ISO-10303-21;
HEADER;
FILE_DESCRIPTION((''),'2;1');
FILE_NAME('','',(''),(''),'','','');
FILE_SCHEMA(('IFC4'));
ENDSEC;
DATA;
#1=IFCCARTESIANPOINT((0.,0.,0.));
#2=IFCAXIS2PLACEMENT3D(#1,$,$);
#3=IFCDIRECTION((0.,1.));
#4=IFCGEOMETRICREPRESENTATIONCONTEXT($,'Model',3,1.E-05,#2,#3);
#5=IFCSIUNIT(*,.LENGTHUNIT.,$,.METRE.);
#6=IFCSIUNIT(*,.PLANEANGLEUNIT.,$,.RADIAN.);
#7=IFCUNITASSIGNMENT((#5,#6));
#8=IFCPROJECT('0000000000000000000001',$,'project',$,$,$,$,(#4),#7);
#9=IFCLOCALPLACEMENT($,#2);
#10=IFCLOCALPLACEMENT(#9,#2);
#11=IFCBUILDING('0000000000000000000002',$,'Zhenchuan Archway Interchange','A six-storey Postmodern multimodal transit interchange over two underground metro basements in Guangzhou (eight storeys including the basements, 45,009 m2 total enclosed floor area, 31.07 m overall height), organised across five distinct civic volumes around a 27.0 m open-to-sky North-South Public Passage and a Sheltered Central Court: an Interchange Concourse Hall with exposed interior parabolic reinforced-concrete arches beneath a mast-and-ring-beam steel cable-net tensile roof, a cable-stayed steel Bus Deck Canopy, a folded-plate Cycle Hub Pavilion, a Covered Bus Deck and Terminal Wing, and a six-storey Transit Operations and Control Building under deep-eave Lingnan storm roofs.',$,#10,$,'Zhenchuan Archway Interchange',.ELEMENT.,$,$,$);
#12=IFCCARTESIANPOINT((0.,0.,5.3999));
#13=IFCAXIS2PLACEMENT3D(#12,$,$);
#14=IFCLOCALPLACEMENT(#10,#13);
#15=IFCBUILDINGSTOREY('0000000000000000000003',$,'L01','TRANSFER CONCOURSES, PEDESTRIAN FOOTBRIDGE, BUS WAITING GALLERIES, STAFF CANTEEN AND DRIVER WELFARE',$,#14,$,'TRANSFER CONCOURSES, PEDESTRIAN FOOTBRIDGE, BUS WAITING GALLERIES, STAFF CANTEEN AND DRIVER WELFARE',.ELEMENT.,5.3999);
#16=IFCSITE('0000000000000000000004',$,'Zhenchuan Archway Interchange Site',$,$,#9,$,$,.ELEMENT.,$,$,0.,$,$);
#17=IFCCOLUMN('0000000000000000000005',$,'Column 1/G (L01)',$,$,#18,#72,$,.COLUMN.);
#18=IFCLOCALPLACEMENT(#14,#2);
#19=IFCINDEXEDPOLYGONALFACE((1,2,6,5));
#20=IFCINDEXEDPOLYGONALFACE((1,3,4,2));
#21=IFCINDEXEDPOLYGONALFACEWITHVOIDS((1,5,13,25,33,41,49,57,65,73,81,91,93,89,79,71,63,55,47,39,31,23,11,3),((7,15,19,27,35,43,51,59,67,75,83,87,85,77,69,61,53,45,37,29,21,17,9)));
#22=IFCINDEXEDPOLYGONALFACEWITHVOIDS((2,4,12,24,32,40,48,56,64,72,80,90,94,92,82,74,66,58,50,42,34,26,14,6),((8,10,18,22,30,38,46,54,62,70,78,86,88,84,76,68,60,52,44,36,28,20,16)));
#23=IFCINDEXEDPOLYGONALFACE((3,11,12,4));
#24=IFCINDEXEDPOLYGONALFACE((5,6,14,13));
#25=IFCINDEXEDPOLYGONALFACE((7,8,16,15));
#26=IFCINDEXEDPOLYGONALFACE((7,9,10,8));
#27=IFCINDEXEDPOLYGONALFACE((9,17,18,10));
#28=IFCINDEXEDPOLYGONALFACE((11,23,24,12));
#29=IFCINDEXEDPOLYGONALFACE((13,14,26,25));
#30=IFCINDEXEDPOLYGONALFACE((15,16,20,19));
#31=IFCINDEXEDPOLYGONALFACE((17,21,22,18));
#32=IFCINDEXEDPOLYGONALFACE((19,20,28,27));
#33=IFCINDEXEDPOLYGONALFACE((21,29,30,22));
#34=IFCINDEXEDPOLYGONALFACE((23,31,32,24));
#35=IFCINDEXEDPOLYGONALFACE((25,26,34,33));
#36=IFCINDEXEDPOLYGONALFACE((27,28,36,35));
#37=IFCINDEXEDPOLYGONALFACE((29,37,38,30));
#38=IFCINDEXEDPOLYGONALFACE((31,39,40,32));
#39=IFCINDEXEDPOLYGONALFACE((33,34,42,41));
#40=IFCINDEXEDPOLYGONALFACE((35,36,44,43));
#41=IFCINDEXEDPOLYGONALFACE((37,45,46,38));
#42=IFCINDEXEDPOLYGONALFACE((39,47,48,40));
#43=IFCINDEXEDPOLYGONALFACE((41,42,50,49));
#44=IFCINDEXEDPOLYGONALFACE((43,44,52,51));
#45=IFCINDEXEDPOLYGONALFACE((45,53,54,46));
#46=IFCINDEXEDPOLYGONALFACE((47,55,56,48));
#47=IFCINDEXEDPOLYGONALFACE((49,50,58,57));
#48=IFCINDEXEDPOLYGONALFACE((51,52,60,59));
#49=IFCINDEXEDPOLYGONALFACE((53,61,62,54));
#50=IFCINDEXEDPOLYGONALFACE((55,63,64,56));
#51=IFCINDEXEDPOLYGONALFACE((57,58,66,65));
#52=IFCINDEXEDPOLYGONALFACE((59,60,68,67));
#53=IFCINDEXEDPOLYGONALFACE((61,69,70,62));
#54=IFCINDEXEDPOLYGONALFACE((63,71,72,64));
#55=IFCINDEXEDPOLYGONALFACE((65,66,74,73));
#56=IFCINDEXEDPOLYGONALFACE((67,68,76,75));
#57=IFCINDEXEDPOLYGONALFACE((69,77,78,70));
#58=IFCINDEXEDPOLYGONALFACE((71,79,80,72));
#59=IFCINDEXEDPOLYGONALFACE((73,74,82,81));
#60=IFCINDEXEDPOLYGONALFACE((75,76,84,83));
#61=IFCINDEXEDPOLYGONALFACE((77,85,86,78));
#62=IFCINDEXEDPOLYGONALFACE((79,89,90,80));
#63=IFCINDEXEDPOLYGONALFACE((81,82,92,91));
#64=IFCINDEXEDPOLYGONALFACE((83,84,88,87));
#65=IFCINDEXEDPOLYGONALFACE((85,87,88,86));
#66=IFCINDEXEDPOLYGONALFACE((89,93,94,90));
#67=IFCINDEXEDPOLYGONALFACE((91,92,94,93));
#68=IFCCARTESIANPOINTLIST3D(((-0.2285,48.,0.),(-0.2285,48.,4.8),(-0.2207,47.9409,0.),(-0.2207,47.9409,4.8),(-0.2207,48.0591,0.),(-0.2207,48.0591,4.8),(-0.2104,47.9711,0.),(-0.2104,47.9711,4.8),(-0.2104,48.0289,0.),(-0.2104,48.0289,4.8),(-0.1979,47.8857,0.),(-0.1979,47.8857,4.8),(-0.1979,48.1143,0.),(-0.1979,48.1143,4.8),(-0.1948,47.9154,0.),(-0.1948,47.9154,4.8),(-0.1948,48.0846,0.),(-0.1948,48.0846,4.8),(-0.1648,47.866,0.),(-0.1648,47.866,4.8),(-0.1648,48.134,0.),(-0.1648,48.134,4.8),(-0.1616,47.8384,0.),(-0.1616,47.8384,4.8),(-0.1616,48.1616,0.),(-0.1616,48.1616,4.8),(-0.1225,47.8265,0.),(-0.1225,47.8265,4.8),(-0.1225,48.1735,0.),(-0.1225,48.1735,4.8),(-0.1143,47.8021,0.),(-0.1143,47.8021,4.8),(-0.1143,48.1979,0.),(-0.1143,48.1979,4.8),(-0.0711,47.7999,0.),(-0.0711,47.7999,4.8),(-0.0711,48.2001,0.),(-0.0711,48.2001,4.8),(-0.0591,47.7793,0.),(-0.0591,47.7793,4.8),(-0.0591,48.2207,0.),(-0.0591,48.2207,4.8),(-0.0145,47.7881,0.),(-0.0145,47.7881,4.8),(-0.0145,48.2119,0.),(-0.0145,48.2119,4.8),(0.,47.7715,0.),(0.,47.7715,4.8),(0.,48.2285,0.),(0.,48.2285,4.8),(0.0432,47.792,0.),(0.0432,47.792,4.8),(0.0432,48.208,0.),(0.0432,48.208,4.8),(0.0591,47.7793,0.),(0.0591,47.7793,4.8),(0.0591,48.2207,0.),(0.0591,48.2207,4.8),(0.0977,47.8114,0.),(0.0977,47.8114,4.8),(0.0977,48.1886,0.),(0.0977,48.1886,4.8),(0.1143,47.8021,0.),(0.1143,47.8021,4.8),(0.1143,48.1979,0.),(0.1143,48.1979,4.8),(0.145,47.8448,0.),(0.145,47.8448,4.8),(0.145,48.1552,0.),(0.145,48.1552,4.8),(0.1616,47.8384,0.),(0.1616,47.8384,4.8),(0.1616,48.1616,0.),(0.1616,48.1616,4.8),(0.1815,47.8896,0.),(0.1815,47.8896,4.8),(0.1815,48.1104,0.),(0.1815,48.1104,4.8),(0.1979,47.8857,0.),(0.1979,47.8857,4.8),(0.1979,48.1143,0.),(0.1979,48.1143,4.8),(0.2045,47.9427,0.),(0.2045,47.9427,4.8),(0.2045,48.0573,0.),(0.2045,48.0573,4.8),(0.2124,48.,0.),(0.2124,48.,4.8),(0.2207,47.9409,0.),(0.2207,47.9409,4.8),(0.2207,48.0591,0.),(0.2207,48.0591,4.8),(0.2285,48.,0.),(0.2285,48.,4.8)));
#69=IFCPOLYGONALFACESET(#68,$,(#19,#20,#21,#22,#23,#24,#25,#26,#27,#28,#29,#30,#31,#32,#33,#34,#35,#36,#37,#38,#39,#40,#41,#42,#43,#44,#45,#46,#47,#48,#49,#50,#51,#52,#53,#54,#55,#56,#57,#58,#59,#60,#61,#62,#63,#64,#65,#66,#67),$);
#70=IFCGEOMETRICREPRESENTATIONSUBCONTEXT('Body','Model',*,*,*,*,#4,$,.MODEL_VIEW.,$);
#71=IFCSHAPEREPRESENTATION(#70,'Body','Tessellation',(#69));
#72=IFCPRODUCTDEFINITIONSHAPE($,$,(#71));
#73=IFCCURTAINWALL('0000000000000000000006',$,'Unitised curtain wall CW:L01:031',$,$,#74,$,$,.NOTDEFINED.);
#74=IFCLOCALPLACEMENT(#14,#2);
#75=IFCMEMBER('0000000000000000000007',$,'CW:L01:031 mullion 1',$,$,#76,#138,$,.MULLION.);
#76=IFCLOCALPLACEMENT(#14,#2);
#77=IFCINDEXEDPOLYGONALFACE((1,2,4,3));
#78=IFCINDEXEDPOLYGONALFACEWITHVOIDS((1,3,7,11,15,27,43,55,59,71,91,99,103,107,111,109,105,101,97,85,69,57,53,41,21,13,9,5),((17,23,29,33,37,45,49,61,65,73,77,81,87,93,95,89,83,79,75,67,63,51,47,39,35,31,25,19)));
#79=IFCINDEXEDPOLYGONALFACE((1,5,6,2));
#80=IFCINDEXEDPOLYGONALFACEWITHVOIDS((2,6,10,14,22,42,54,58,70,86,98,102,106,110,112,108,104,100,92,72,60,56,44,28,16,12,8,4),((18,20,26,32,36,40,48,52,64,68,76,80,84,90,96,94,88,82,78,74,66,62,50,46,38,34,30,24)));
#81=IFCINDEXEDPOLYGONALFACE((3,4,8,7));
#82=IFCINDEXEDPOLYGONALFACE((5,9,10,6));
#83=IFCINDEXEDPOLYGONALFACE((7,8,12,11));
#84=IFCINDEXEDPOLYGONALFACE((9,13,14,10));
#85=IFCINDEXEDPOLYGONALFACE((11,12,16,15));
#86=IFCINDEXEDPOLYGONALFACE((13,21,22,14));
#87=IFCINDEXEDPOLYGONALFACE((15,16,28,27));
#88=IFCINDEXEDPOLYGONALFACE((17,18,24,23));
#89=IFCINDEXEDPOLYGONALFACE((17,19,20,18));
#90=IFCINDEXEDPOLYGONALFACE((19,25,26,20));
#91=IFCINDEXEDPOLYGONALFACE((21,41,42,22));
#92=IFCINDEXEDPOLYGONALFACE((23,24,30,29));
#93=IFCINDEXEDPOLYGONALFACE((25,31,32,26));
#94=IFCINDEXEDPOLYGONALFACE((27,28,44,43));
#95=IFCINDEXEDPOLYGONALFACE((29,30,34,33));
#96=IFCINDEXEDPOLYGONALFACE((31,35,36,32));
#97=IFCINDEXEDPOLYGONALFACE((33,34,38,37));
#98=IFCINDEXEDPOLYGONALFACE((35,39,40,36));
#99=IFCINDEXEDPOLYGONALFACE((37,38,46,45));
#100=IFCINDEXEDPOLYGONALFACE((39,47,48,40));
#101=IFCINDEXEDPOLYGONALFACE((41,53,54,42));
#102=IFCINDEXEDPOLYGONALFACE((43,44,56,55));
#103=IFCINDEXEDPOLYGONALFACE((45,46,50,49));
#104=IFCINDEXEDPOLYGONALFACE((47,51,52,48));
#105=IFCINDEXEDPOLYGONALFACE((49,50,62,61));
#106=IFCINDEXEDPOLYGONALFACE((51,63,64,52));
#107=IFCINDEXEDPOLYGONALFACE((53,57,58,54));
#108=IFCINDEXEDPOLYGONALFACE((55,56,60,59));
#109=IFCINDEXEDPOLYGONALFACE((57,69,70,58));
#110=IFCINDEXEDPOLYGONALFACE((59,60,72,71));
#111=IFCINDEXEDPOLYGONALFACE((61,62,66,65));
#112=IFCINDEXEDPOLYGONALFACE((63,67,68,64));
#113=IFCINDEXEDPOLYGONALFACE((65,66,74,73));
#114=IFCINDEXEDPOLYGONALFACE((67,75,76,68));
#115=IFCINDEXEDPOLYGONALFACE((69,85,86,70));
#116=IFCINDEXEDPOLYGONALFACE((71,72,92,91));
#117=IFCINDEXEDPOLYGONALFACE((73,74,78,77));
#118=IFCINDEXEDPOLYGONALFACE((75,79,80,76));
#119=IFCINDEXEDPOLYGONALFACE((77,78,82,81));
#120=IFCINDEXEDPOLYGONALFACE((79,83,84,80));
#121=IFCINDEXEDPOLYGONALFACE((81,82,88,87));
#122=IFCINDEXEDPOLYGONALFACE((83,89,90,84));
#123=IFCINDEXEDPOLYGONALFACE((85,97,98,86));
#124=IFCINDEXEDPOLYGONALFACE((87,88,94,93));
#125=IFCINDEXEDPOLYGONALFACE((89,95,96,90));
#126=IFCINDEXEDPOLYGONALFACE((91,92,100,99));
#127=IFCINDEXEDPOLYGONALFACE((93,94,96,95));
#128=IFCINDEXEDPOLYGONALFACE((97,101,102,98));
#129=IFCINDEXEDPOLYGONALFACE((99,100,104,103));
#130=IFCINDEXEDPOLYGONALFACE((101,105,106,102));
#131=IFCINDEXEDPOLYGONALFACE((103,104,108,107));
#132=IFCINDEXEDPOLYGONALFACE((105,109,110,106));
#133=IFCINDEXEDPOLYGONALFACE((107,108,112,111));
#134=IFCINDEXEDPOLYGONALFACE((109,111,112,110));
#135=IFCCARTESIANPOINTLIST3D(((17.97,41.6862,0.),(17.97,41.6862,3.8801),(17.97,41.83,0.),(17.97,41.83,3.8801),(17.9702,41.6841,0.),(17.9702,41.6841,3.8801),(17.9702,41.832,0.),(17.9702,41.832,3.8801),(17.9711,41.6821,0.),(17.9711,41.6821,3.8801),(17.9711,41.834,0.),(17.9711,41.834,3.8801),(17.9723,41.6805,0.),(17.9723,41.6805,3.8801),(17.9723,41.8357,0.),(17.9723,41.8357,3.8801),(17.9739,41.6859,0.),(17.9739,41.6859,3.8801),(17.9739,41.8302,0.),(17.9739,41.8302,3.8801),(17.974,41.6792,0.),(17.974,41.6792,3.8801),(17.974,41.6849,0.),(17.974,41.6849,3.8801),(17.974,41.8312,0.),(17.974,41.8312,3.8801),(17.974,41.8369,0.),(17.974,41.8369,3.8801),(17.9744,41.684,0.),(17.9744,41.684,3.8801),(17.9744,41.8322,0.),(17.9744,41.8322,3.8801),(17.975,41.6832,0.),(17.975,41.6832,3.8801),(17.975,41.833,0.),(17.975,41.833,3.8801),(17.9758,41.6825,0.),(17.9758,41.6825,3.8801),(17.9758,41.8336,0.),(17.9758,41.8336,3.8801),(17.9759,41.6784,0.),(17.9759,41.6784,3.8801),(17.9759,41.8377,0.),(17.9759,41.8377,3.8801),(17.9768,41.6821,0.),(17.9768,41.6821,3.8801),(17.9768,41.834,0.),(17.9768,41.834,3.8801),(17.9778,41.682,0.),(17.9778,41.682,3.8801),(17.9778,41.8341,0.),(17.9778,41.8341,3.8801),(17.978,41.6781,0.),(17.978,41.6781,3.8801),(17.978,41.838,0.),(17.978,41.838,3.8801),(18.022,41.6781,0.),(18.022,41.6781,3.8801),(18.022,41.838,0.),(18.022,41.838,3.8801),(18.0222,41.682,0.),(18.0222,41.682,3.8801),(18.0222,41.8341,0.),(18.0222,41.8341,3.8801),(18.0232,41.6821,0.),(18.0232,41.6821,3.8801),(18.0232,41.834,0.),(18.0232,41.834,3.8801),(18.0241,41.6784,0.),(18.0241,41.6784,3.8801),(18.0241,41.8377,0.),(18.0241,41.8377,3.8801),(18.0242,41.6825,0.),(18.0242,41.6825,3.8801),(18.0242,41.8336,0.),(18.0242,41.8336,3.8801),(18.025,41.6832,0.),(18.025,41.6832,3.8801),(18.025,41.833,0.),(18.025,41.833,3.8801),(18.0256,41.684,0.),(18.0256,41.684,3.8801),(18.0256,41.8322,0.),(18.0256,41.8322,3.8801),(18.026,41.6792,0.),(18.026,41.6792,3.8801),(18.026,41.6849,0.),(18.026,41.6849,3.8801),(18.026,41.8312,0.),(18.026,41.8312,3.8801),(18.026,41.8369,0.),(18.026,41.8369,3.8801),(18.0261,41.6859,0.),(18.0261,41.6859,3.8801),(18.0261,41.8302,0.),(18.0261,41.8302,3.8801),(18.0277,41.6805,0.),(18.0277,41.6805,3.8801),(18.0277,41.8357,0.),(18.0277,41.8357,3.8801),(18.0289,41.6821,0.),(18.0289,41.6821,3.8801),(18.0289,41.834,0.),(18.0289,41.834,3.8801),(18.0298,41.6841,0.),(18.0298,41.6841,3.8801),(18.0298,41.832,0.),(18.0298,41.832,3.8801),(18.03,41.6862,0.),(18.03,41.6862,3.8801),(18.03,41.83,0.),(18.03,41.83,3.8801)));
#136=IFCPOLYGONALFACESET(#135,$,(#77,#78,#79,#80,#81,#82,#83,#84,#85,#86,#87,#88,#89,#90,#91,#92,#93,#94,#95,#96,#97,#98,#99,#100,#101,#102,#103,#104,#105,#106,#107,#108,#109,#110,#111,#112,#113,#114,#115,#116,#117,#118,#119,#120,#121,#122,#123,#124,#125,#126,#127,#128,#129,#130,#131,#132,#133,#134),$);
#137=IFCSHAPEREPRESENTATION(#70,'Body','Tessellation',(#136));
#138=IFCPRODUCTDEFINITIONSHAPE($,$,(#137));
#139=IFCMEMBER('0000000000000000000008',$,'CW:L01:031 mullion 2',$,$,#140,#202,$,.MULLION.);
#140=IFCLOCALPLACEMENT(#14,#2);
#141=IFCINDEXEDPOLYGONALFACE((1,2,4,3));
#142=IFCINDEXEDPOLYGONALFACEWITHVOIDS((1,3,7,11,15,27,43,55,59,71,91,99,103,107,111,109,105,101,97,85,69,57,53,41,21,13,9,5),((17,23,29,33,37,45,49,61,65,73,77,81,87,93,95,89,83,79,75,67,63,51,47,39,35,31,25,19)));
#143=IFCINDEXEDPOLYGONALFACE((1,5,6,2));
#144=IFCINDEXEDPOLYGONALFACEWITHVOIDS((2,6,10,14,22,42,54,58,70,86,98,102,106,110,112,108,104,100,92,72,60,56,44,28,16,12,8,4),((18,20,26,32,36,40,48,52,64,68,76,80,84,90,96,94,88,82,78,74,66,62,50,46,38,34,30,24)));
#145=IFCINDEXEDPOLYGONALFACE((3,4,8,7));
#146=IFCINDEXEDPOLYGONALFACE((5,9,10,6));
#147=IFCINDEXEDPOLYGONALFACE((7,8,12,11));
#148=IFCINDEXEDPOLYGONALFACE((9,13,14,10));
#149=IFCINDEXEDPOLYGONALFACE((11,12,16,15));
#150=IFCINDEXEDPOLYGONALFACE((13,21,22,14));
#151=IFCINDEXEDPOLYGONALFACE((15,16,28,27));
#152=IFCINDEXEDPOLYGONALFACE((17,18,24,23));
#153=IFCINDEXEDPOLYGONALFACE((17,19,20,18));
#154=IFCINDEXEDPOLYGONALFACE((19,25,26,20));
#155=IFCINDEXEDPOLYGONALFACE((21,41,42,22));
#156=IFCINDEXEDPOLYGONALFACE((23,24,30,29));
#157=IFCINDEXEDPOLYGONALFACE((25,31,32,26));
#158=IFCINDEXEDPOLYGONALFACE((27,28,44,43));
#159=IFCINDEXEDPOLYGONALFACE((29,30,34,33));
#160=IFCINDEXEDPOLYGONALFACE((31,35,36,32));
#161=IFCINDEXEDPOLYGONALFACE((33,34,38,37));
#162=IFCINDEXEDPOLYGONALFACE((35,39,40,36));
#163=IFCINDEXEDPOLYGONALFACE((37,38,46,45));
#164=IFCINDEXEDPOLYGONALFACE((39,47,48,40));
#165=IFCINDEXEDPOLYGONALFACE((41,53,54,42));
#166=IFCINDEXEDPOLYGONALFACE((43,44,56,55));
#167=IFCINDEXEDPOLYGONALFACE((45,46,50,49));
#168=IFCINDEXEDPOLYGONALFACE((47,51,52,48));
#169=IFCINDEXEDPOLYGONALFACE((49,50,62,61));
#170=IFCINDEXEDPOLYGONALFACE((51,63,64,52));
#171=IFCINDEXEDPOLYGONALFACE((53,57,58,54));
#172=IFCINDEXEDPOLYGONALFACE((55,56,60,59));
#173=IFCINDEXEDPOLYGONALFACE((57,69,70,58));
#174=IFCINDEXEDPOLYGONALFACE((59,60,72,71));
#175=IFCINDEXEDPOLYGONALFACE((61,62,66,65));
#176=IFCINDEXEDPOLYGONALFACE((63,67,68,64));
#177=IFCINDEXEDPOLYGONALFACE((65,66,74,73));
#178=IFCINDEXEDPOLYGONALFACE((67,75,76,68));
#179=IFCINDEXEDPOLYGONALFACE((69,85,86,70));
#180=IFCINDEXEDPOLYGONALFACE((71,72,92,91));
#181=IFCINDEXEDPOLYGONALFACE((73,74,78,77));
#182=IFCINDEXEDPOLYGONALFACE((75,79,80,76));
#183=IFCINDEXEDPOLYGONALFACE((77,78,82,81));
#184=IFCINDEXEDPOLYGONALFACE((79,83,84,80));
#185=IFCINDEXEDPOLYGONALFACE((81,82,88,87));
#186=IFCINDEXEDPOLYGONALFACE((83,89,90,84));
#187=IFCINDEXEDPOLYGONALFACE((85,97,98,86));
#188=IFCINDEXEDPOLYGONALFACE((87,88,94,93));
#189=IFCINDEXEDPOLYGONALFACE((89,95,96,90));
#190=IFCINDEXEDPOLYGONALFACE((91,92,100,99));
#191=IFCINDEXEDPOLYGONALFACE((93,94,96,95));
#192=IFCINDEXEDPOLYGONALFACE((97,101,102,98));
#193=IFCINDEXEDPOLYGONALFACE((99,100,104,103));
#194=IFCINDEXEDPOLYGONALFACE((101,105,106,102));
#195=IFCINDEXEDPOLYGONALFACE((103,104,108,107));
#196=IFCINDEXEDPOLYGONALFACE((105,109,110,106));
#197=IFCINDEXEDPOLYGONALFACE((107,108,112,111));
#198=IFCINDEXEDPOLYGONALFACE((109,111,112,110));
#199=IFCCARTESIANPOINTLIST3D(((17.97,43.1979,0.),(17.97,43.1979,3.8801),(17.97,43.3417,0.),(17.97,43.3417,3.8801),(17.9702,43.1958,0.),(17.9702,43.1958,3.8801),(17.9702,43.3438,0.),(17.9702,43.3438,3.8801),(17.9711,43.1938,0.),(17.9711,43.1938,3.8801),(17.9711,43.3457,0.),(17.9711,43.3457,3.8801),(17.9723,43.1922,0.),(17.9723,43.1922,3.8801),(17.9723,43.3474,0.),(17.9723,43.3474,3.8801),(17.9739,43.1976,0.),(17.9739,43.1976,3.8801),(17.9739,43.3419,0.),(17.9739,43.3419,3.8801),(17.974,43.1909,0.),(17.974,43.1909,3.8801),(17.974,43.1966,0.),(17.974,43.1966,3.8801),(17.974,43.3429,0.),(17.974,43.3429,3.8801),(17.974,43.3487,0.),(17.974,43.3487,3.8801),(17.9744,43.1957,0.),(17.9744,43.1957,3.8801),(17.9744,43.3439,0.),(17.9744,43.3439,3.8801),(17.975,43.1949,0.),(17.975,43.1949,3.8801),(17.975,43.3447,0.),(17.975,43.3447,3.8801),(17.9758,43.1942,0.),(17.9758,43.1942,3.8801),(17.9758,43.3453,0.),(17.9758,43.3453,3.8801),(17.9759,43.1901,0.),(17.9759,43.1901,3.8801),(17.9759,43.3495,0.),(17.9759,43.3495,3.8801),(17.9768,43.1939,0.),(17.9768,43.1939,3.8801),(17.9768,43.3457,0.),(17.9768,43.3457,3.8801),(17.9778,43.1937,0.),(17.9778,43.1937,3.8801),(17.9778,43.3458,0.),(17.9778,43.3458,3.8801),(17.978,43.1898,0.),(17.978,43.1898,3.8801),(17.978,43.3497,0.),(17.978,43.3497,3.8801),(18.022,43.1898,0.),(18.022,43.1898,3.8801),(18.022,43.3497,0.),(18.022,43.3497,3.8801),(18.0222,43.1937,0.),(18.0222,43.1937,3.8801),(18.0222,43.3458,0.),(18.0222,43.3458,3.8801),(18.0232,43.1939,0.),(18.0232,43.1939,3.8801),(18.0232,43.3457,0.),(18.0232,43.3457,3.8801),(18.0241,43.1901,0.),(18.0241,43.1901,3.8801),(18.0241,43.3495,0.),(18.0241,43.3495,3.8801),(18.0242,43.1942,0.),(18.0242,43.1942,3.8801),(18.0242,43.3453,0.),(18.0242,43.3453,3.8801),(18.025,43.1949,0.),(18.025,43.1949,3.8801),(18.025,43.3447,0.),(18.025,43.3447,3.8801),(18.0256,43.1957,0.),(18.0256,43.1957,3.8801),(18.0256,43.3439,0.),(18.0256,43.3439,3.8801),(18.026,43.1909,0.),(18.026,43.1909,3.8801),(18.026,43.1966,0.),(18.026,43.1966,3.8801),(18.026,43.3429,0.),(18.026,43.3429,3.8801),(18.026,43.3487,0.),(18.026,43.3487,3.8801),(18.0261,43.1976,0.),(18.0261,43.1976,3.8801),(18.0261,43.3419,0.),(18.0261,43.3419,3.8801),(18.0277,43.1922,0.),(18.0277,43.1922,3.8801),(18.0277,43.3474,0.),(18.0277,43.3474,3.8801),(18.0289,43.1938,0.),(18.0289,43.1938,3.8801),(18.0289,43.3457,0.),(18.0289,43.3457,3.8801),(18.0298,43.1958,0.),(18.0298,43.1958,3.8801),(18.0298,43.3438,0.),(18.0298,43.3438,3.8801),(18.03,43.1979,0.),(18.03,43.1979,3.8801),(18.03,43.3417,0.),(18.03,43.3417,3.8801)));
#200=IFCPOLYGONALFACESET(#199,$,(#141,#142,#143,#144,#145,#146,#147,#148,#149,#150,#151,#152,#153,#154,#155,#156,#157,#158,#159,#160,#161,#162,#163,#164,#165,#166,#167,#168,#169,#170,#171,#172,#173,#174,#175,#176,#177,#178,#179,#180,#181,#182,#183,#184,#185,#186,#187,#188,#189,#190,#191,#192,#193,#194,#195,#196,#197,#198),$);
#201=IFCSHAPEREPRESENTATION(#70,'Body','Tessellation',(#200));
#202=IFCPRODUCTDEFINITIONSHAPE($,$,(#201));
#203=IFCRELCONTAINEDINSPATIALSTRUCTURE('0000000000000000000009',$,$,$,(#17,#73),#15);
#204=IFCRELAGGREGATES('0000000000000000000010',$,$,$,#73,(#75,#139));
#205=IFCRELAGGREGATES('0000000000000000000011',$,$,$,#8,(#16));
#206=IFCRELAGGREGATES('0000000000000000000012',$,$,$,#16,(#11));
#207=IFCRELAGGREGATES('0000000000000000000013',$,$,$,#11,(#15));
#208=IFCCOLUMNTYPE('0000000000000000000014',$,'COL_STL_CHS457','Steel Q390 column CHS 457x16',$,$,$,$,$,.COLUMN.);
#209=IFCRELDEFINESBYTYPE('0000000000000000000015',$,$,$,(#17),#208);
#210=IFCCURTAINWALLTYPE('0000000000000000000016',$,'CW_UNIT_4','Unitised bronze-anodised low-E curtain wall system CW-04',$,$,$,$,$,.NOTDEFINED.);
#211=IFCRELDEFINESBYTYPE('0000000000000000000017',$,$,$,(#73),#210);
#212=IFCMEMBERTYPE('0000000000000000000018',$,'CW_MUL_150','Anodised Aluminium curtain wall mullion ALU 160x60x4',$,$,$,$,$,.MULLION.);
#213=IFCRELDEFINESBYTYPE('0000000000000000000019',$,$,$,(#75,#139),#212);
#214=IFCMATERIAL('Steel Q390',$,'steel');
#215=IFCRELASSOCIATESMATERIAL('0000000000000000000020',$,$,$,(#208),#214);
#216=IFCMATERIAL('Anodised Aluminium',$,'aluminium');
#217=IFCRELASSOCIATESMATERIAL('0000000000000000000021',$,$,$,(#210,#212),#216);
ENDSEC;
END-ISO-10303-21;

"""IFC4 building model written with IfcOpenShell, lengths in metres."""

from ifc_helpers import new_model, si_unit, direction, frame, origin, origin_2d, place, context, subcontext, project, spatial, hollow_rectangle, hollow_circle, extrude, material, material_profile, profile_set, type_object, element, aggregate, save


model = new_model("IFC4")

# Units and contexts
model_context = context("Model", 3, precision=1e-05, world=origin(), true_north=direction((0.0, 1.0)))
body_context = subcontext(model_context, "Body", "Model", "MODEL_VIEW")
ifc_project = project(units=[si_unit("LENGTHUNIT", "METRE"), si_unit("PLANEANGLEUNIT", "RADIAN")], contexts=[model_context])

# Site, building, storey
site_placement = place(None, origin())
site = spatial("IfcSite", under=ifc_project, at=site_placement, Name="Zhenchuan Archway Interchange Site", CompositionType="ELEMENT", RefElevation=0.0)
building_placement = place(site_placement, origin())
building = spatial("IfcBuilding", under=site, at=building_placement, Name="Zhenchuan Archway Interchange", Description="A six-storey Postmodern multimodal transit interchange over two underground metro basements in Guangzhou (eight storeys including the basements, 45,009 m2 total enclosed floor area, 31.07 m overall height), organised across five distinct civic volumes around a 27.0 m open-to-sky North-South Public Passage and a Sheltered Central Court: an Interchange Concourse Hall with exposed interior parabolic reinforced-concrete arches beneath a mast-and-ring-beam steel cable-net tensile roof, a cable-stayed steel Bus Deck Canopy, a folded-plate Cycle Hub Pavilion, a Covered Bus Deck and Terminal Wing, and a six-storey Transit Operations and Control Building under deep-eave Lingnan storm roofs.", LongName="Zhenchuan Archway Interchange", CompositionType="ELEMENT")
storey_placement = place(building_placement, frame((0.0, 0.0, 5.3999)))
storey = spatial("IfcBuildingStorey", under=building, at=storey_placement, Name="L01", Description="TRANSFER CONCOURSES, PEDESTRIAN FOOTBRIDGE, BUS WAITING GALLERIES, STAFF CANTEEN AND DRIVER WELFARE", LongName="TRANSFER CONCOURSES, PEDESTRIAN FOOTBRIDGE, BUS WAITING GALLERIES, STAFF CANTEEN AND DRIVER WELFARE", CompositionType="ELEMENT", Elevation=5.3999)

# Column
ifc_material_1 = material(Name="Steel Q390", Category="steel")
ifc_material_profile_1 = material_profile(ifc_material_1, hollow_circle(Radius=0.2285, WallThickness=0.0161, at=origin_2d()), Name="CHS 457x16")
ifc_profile_set_1 = profile_set([ifc_material_profile_1], Name="Steel Q390")
column_type = type_object("IfcColumnType", Name="COL_STL_CHS457", Description="Steel Q390 column CHS 457x16", PredefinedType="COLUMN", material=ifc_profile_set_1)
column_placement = place(storey_placement, frame((0.0, 48.0, 0.0), z_axis=(0.0, 0.0, 1.0), x_axis=(1.0, 0.0, 0.0)))
element("IfcColumn", 1, at=column_placement, inside=storey, type_object=column_type, Name="Column 1/G (L01)", PredefinedType="COLUMN", context=body_context, shape_type="SweptSolid", body=[
    extrude(hollow_circle(Radius=0.2285, WallThickness=0.0161, at=origin_2d()), origin(), (0.0, 0.0, 1.0), 4.8),
])

# Curtain wall, members
ifc_material_2 = material(Name="Anodised Aluminium", Category="aluminium")
curtain_wall_type = type_object("IfcCurtainWallType", Name="CW_UNIT_4", Description="Unitised bronze-anodised low-E curtain wall system CW-04", PredefinedType="NOTDEFINED", material=ifc_material_2)
curtain_wall_placement = place(storey_placement, origin())
curtain_wall = element("IfcCurtainWall", 2, at=curtain_wall_placement, inside=storey, type_object=curtain_wall_type, Name="Unitised curtain wall CW:L01:031", PredefinedType="NOTDEFINED")
ifc_material_profile_2 = material_profile(ifc_material_2, hollow_rectangle(XDim=0.0601, YDim=0.1599, WallThickness=0.0039, InnerFilletRadius=0.0039, OuterFilletRadius=0.0081, at=origin_2d()), Name="ALU 160x60x4")
ifc_profile_set_2 = profile_set([ifc_material_profile_2], Name="Anodised Aluminium")
member_type_1 = type_object("IfcMemberType", Name="CW_MUL_150", Description="Anodised Aluminium curtain wall mullion ALU 160x60x4", PredefinedType="MULLION", material=ifc_profile_set_2)
member_1_placement = place(storey_placement, frame((18.0, 41.7581, 0.0), z_axis=(0.0, 0.0, 1.0), x_axis=(1.0, 0.0, 0.0)))
member_1 = element("IfcMember", 3, at=member_1_placement, type_object=member_type_1, Name="CW:L01:031 mullion 1", PredefinedType="MULLION", context=body_context, shape_type="SweptSolid", body=[
    extrude(hollow_rectangle(XDim=0.0601, YDim=0.1599, WallThickness=0.0039, InnerFilletRadius=0.0039, OuterFilletRadius=0.0081, at=origin_2d()), origin(), (0.0, 0.0, 1.0), 3.8801),
])
member_2_placement = place(storey_placement, frame((18.0, 43.2698, 0.0), z_axis=(0.0, 0.0, 1.0), x_axis=(1.0, 0.0, 0.0)))
member_2 = element("IfcMember", 4, at=member_2_placement, type_object=member_type_1, Name="CW:L01:031 mullion 2", PredefinedType="MULLION", context=body_context, shape_type="SweptSolid", body=[
    extrude(hollow_rectangle(XDim=0.0601, YDim=0.1599, WallThickness=0.0039, InnerFilletRadius=0.0039, OuterFilletRadius=0.0081, at=origin_2d()), origin(), (0.0, 0.0, 1.0), 3.8801),
])
aggregate(curtain_wall, [member_1, member_2])

save(model, "model.ifc")
